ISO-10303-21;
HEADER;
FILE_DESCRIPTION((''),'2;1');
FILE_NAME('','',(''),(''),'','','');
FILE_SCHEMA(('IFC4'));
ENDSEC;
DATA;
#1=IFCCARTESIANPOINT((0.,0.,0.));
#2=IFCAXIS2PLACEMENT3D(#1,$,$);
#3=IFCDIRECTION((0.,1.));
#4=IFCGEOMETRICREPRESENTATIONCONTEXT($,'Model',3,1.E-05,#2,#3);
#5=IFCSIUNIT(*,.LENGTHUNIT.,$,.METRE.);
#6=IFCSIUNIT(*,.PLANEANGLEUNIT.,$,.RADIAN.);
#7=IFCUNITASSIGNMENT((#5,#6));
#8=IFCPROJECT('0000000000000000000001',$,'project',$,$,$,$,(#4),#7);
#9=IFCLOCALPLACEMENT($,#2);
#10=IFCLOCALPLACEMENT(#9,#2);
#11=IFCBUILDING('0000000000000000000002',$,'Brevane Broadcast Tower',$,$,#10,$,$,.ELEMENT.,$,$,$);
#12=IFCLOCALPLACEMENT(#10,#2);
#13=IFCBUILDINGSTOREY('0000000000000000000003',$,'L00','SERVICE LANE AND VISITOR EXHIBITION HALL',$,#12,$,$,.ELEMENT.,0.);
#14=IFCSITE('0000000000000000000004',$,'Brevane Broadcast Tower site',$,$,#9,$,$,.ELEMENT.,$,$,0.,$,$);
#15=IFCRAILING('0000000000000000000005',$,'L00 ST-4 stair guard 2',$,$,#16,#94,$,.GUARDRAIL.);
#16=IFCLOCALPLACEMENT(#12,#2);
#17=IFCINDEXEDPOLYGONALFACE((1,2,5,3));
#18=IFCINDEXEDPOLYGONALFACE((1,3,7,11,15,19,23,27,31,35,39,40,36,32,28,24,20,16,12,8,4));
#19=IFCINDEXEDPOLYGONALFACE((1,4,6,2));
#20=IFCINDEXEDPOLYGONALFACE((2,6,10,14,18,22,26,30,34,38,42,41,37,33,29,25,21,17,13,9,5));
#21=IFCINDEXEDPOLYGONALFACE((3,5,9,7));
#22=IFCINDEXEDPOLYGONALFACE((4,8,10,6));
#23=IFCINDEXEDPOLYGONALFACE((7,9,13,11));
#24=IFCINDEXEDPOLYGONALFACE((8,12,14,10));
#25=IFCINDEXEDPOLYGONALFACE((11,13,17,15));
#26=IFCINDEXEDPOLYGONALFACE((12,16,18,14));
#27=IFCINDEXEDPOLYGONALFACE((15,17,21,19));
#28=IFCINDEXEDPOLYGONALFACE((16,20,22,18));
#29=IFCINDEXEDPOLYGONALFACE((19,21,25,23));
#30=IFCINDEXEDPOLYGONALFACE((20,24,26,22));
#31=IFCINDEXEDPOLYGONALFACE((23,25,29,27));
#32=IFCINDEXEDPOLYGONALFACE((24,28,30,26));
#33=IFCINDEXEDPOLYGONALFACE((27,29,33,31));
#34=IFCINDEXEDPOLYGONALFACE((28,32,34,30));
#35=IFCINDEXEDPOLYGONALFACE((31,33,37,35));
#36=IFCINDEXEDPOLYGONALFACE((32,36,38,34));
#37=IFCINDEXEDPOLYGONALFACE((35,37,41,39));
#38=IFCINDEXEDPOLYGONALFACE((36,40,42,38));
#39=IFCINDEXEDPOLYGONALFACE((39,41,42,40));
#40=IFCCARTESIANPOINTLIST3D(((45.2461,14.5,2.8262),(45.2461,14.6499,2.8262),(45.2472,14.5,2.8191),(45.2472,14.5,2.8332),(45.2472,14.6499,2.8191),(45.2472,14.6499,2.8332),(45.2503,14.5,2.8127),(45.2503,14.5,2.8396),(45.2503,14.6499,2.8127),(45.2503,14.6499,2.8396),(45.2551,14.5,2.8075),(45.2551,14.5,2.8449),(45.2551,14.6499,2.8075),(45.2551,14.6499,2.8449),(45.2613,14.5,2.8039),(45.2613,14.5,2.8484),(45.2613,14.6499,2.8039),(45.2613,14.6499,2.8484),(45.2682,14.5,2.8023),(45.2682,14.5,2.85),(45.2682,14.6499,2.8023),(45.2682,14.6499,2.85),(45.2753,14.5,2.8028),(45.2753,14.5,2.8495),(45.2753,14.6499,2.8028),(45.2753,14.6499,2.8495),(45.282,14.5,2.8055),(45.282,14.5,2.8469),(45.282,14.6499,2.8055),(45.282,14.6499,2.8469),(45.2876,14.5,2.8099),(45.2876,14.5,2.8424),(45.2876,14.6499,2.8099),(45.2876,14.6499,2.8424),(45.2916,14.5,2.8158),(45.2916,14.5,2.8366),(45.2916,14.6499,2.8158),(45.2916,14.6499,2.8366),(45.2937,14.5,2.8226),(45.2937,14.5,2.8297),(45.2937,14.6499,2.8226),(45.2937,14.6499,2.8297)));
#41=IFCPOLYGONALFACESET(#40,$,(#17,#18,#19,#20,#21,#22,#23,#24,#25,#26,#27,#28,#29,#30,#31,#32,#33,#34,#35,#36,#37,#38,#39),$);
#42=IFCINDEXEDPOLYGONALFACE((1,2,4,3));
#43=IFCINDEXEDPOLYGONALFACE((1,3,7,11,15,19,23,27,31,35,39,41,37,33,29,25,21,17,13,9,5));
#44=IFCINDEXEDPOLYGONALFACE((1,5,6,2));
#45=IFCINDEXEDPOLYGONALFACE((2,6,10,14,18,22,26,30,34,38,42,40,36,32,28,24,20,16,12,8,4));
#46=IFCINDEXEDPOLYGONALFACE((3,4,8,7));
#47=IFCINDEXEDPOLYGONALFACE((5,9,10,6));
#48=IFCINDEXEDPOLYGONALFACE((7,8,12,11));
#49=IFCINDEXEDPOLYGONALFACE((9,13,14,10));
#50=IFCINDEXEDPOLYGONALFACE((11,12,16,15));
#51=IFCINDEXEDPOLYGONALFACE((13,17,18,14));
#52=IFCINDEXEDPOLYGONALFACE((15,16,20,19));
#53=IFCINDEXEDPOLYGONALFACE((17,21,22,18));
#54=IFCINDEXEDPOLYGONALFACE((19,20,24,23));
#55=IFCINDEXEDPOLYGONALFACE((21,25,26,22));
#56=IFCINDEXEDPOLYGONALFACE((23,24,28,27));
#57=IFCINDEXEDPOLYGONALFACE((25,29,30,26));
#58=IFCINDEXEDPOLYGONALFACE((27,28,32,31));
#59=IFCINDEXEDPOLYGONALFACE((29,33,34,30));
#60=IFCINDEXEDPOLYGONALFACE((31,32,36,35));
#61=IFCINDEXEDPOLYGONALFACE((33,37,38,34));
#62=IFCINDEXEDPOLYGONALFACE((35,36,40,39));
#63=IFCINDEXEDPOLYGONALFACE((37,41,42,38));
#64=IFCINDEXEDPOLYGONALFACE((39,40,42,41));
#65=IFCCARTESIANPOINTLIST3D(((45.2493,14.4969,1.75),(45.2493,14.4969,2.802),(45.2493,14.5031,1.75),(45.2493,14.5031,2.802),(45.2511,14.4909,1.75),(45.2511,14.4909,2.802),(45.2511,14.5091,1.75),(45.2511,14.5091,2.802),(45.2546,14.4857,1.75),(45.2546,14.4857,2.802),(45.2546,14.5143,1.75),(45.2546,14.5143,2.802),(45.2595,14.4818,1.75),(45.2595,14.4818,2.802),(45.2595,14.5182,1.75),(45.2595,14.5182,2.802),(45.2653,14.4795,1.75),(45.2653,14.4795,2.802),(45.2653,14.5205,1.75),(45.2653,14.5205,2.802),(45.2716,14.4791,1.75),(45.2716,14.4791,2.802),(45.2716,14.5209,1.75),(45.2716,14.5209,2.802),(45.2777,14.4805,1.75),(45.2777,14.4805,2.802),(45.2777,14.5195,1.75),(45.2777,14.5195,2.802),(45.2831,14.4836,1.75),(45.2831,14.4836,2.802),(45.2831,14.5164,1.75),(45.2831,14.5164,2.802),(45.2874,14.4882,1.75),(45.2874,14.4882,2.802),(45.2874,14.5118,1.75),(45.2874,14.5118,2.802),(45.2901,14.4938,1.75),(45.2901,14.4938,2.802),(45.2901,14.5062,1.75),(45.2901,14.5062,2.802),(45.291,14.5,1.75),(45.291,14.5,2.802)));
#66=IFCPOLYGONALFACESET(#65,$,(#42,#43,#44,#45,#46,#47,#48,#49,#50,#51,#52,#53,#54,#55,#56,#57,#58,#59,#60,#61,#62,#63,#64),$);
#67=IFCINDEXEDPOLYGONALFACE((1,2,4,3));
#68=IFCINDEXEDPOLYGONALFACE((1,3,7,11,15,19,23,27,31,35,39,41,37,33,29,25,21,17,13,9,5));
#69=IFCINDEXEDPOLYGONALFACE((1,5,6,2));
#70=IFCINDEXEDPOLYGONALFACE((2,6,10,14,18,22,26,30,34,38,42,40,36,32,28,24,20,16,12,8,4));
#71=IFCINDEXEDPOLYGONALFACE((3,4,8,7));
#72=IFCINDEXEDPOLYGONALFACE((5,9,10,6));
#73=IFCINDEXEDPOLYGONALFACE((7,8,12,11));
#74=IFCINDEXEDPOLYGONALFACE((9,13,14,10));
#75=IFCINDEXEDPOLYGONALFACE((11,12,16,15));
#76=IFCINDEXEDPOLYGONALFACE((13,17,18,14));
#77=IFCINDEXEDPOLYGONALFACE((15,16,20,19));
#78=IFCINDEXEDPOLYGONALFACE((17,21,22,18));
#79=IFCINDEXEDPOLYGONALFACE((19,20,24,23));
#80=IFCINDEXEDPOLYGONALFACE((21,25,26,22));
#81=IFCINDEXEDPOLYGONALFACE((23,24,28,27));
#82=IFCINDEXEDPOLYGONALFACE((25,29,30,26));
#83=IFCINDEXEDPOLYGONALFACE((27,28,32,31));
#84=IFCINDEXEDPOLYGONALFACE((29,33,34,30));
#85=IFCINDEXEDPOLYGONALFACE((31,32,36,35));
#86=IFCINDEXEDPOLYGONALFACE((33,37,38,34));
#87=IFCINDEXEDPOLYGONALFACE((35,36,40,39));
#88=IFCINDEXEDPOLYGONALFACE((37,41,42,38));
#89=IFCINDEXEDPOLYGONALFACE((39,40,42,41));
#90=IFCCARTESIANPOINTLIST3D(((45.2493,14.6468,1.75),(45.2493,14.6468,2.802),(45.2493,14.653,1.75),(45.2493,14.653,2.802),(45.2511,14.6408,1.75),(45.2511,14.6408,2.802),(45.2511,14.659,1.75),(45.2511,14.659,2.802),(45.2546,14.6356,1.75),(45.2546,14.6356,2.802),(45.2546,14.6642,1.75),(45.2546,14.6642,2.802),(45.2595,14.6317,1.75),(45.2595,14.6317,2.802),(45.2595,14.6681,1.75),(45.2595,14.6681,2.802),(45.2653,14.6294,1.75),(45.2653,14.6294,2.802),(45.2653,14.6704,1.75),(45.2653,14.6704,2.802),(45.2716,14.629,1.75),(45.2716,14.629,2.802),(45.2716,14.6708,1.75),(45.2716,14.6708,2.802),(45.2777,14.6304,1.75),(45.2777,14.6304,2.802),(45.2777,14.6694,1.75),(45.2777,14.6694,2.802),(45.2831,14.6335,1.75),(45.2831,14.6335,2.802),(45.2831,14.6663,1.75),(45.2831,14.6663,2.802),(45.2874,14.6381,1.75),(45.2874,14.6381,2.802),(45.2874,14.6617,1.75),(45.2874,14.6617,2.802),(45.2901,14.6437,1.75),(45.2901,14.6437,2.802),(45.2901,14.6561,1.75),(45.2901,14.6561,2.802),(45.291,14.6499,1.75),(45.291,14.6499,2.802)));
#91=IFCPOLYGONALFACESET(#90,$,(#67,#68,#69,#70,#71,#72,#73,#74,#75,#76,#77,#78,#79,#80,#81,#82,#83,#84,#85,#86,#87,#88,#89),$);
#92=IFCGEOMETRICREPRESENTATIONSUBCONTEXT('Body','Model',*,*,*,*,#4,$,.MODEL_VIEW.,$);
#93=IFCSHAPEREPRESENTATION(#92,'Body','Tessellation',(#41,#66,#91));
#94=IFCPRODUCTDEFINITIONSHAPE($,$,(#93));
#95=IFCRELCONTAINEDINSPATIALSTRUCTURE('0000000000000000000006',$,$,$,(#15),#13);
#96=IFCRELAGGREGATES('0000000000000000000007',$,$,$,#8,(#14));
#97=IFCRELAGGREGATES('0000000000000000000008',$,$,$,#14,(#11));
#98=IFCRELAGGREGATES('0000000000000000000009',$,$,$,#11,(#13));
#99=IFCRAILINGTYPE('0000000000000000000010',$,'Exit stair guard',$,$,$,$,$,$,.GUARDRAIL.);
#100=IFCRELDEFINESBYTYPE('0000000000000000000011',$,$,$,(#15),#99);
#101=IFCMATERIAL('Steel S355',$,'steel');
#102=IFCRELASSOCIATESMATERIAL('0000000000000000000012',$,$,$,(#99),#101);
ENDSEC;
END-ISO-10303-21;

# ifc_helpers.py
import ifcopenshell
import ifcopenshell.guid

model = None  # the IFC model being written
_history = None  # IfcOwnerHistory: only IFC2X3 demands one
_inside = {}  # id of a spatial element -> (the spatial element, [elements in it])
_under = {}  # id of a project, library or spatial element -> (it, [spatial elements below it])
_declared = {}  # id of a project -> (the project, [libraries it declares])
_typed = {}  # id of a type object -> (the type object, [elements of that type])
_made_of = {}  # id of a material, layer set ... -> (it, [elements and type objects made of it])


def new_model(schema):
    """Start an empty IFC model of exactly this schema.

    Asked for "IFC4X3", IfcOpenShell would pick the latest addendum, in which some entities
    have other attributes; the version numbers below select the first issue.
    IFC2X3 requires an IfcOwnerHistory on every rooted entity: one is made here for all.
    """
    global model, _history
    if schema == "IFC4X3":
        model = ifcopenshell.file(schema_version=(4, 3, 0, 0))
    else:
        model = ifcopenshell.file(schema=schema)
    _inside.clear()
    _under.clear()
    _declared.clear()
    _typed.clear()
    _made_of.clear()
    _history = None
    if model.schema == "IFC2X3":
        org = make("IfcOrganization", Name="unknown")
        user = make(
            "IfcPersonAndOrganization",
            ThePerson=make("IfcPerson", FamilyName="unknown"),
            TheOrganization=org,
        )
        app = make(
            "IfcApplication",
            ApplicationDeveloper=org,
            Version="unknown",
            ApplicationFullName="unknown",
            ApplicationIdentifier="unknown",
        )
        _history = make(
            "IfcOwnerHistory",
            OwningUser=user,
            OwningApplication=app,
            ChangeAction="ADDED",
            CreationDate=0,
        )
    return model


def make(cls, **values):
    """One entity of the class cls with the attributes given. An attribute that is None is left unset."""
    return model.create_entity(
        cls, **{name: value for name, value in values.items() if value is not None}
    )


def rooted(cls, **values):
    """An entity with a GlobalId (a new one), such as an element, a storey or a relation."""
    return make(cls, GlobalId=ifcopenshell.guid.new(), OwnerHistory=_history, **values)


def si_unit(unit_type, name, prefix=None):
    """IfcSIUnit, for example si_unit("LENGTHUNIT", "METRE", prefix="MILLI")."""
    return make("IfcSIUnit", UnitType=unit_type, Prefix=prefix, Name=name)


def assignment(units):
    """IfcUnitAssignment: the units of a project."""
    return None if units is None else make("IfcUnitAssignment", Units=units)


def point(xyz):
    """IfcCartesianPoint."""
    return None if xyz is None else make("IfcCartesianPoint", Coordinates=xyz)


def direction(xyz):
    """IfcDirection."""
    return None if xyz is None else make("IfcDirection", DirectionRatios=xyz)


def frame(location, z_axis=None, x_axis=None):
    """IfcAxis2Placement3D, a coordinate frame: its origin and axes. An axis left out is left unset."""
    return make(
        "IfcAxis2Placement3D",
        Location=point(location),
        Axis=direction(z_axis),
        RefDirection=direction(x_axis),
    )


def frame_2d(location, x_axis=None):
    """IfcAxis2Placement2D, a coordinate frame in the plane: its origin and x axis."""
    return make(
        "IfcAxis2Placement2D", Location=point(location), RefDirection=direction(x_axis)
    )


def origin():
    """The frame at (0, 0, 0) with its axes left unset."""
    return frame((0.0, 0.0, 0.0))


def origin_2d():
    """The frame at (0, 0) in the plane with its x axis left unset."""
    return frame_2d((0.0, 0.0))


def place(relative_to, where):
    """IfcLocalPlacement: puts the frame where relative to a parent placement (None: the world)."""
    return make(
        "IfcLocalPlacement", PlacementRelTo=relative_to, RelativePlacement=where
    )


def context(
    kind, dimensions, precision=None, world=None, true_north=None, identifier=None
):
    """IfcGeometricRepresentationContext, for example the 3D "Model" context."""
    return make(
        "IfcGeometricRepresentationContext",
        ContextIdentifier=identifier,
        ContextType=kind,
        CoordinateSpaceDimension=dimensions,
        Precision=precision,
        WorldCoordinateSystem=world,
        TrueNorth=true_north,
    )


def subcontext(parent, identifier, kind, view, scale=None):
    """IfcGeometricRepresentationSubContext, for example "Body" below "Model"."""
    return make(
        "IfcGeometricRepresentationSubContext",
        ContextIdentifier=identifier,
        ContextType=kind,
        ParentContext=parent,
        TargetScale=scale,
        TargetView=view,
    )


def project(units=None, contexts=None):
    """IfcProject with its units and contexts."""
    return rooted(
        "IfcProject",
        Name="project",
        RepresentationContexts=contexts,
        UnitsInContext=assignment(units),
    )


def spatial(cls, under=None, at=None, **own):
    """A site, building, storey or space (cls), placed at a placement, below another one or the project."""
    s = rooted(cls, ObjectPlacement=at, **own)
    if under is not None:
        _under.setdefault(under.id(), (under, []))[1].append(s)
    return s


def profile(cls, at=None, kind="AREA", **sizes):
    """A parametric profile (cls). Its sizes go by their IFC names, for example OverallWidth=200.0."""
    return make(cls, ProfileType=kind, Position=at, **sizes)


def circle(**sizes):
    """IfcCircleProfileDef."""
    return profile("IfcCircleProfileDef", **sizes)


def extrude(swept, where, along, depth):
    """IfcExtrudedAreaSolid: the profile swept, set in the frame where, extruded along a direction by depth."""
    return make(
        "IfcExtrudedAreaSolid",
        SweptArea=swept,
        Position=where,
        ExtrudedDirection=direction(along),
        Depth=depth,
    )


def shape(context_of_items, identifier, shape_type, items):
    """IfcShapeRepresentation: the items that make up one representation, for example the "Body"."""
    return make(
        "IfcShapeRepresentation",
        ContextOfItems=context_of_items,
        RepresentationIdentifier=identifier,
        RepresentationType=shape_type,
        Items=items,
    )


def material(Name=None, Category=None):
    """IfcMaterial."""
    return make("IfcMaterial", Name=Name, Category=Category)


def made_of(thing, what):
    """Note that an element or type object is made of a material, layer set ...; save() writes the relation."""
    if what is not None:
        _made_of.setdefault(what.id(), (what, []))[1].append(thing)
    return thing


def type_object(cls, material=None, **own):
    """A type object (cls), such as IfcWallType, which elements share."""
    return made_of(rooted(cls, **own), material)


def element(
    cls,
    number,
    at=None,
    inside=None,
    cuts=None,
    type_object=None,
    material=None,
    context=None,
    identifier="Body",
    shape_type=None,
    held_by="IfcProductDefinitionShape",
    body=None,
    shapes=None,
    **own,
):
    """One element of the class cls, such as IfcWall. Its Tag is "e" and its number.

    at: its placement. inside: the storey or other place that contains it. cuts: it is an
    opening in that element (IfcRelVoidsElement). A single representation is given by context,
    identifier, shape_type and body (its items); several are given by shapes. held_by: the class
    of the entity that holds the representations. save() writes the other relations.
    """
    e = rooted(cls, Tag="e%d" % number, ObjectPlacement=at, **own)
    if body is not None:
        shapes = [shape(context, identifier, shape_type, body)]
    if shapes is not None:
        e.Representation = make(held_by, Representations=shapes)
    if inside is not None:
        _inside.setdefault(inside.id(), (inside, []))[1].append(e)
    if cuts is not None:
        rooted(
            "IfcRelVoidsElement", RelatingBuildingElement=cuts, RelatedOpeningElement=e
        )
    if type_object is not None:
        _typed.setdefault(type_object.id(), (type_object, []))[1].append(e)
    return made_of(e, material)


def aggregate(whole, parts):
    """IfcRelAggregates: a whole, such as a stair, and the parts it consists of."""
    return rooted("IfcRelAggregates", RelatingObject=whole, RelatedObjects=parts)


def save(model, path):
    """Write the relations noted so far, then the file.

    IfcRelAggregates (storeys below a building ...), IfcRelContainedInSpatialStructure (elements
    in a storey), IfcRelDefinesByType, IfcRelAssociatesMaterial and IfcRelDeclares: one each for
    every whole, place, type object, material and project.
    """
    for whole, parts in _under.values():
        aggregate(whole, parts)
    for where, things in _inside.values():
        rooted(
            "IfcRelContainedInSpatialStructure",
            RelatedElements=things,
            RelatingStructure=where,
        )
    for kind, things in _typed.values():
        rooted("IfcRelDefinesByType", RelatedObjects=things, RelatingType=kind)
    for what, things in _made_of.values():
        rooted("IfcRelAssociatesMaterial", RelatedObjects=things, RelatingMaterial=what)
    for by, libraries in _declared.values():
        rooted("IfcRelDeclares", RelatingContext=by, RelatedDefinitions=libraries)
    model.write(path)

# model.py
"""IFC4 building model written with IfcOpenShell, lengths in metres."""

from ifc_helpers import new_model, si_unit, direction, frame, origin, origin_2d, place, context, subcontext, project, spatial, circle, extrude, material, type_object, element, save


model = new_model("IFC4")

# Units and contexts
model_context = context("Model", 3, precision=1e-05, world=origin(), true_north=direction((0.0, 1.0)))
body_context = subcontext(model_context, "Body", "Model", "MODEL_VIEW")
ifc_project = project(units=[si_unit("LENGTHUNIT", "METRE"), si_unit("PLANEANGLEUNIT", "RADIAN")], contexts=[model_context])

# Site, building, storey
site_placement = place(None, origin())
site = spatial("IfcSite", under=ifc_project, at=site_placement, Name="Brevane Broadcast Tower site", CompositionType="ELEMENT", RefElevation=0.0)
building_placement = place(site_placement, origin())
building = spatial("IfcBuilding", under=site, at=building_placement, Name="Brevane Broadcast Tower", CompositionType="ELEMENT")
storey_placement = place(building_placement, origin())
storey = spatial("IfcBuildingStorey", under=building, at=storey_placement, Name="L00", Description="SERVICE LANE AND VISITOR EXHIBITION HALL", CompositionType="ELEMENT", Elevation=0.0)

# Railing
ifc_material_1 = material(Name="Steel S355", Category="steel")
railing_type_1 = type_object("IfcRailingType", Name="Exit stair guard", PredefinedType="GUARDRAIL", material=ifc_material_1)
railing_1_placement = place(storey_placement, frame((45.27, 14.5, 1.75)))
element("IfcRailing", 1, at=railing_1_placement, inside=storey, type_object=railing_type_1, Name="L00 ST-4 stair guard 2", PredefinedType="GUARDRAIL", context=body_context, shape_type="SweptSolid", body=[
    extrude(circle(Radius=0.0239, at=origin_2d()), frame((0.0, 0.0, 1.0762), z_axis=(0.0, 1.0, 0.0), x_axis=(-1.0, 0.0, 0.0)), (0.0, 0.0, 1.0), 0.1499),
    extrude(circle(Radius=0.021, at=origin_2d()), origin(), (0.0, 0.0, 1.0), 1.052),
    extrude(circle(Radius=0.021, at=origin_2d()), frame((0.0, 0.1499, 0.0)), (0.0, 0.0, 1.0), 1.052),
])

save(model, "model.ifc")
